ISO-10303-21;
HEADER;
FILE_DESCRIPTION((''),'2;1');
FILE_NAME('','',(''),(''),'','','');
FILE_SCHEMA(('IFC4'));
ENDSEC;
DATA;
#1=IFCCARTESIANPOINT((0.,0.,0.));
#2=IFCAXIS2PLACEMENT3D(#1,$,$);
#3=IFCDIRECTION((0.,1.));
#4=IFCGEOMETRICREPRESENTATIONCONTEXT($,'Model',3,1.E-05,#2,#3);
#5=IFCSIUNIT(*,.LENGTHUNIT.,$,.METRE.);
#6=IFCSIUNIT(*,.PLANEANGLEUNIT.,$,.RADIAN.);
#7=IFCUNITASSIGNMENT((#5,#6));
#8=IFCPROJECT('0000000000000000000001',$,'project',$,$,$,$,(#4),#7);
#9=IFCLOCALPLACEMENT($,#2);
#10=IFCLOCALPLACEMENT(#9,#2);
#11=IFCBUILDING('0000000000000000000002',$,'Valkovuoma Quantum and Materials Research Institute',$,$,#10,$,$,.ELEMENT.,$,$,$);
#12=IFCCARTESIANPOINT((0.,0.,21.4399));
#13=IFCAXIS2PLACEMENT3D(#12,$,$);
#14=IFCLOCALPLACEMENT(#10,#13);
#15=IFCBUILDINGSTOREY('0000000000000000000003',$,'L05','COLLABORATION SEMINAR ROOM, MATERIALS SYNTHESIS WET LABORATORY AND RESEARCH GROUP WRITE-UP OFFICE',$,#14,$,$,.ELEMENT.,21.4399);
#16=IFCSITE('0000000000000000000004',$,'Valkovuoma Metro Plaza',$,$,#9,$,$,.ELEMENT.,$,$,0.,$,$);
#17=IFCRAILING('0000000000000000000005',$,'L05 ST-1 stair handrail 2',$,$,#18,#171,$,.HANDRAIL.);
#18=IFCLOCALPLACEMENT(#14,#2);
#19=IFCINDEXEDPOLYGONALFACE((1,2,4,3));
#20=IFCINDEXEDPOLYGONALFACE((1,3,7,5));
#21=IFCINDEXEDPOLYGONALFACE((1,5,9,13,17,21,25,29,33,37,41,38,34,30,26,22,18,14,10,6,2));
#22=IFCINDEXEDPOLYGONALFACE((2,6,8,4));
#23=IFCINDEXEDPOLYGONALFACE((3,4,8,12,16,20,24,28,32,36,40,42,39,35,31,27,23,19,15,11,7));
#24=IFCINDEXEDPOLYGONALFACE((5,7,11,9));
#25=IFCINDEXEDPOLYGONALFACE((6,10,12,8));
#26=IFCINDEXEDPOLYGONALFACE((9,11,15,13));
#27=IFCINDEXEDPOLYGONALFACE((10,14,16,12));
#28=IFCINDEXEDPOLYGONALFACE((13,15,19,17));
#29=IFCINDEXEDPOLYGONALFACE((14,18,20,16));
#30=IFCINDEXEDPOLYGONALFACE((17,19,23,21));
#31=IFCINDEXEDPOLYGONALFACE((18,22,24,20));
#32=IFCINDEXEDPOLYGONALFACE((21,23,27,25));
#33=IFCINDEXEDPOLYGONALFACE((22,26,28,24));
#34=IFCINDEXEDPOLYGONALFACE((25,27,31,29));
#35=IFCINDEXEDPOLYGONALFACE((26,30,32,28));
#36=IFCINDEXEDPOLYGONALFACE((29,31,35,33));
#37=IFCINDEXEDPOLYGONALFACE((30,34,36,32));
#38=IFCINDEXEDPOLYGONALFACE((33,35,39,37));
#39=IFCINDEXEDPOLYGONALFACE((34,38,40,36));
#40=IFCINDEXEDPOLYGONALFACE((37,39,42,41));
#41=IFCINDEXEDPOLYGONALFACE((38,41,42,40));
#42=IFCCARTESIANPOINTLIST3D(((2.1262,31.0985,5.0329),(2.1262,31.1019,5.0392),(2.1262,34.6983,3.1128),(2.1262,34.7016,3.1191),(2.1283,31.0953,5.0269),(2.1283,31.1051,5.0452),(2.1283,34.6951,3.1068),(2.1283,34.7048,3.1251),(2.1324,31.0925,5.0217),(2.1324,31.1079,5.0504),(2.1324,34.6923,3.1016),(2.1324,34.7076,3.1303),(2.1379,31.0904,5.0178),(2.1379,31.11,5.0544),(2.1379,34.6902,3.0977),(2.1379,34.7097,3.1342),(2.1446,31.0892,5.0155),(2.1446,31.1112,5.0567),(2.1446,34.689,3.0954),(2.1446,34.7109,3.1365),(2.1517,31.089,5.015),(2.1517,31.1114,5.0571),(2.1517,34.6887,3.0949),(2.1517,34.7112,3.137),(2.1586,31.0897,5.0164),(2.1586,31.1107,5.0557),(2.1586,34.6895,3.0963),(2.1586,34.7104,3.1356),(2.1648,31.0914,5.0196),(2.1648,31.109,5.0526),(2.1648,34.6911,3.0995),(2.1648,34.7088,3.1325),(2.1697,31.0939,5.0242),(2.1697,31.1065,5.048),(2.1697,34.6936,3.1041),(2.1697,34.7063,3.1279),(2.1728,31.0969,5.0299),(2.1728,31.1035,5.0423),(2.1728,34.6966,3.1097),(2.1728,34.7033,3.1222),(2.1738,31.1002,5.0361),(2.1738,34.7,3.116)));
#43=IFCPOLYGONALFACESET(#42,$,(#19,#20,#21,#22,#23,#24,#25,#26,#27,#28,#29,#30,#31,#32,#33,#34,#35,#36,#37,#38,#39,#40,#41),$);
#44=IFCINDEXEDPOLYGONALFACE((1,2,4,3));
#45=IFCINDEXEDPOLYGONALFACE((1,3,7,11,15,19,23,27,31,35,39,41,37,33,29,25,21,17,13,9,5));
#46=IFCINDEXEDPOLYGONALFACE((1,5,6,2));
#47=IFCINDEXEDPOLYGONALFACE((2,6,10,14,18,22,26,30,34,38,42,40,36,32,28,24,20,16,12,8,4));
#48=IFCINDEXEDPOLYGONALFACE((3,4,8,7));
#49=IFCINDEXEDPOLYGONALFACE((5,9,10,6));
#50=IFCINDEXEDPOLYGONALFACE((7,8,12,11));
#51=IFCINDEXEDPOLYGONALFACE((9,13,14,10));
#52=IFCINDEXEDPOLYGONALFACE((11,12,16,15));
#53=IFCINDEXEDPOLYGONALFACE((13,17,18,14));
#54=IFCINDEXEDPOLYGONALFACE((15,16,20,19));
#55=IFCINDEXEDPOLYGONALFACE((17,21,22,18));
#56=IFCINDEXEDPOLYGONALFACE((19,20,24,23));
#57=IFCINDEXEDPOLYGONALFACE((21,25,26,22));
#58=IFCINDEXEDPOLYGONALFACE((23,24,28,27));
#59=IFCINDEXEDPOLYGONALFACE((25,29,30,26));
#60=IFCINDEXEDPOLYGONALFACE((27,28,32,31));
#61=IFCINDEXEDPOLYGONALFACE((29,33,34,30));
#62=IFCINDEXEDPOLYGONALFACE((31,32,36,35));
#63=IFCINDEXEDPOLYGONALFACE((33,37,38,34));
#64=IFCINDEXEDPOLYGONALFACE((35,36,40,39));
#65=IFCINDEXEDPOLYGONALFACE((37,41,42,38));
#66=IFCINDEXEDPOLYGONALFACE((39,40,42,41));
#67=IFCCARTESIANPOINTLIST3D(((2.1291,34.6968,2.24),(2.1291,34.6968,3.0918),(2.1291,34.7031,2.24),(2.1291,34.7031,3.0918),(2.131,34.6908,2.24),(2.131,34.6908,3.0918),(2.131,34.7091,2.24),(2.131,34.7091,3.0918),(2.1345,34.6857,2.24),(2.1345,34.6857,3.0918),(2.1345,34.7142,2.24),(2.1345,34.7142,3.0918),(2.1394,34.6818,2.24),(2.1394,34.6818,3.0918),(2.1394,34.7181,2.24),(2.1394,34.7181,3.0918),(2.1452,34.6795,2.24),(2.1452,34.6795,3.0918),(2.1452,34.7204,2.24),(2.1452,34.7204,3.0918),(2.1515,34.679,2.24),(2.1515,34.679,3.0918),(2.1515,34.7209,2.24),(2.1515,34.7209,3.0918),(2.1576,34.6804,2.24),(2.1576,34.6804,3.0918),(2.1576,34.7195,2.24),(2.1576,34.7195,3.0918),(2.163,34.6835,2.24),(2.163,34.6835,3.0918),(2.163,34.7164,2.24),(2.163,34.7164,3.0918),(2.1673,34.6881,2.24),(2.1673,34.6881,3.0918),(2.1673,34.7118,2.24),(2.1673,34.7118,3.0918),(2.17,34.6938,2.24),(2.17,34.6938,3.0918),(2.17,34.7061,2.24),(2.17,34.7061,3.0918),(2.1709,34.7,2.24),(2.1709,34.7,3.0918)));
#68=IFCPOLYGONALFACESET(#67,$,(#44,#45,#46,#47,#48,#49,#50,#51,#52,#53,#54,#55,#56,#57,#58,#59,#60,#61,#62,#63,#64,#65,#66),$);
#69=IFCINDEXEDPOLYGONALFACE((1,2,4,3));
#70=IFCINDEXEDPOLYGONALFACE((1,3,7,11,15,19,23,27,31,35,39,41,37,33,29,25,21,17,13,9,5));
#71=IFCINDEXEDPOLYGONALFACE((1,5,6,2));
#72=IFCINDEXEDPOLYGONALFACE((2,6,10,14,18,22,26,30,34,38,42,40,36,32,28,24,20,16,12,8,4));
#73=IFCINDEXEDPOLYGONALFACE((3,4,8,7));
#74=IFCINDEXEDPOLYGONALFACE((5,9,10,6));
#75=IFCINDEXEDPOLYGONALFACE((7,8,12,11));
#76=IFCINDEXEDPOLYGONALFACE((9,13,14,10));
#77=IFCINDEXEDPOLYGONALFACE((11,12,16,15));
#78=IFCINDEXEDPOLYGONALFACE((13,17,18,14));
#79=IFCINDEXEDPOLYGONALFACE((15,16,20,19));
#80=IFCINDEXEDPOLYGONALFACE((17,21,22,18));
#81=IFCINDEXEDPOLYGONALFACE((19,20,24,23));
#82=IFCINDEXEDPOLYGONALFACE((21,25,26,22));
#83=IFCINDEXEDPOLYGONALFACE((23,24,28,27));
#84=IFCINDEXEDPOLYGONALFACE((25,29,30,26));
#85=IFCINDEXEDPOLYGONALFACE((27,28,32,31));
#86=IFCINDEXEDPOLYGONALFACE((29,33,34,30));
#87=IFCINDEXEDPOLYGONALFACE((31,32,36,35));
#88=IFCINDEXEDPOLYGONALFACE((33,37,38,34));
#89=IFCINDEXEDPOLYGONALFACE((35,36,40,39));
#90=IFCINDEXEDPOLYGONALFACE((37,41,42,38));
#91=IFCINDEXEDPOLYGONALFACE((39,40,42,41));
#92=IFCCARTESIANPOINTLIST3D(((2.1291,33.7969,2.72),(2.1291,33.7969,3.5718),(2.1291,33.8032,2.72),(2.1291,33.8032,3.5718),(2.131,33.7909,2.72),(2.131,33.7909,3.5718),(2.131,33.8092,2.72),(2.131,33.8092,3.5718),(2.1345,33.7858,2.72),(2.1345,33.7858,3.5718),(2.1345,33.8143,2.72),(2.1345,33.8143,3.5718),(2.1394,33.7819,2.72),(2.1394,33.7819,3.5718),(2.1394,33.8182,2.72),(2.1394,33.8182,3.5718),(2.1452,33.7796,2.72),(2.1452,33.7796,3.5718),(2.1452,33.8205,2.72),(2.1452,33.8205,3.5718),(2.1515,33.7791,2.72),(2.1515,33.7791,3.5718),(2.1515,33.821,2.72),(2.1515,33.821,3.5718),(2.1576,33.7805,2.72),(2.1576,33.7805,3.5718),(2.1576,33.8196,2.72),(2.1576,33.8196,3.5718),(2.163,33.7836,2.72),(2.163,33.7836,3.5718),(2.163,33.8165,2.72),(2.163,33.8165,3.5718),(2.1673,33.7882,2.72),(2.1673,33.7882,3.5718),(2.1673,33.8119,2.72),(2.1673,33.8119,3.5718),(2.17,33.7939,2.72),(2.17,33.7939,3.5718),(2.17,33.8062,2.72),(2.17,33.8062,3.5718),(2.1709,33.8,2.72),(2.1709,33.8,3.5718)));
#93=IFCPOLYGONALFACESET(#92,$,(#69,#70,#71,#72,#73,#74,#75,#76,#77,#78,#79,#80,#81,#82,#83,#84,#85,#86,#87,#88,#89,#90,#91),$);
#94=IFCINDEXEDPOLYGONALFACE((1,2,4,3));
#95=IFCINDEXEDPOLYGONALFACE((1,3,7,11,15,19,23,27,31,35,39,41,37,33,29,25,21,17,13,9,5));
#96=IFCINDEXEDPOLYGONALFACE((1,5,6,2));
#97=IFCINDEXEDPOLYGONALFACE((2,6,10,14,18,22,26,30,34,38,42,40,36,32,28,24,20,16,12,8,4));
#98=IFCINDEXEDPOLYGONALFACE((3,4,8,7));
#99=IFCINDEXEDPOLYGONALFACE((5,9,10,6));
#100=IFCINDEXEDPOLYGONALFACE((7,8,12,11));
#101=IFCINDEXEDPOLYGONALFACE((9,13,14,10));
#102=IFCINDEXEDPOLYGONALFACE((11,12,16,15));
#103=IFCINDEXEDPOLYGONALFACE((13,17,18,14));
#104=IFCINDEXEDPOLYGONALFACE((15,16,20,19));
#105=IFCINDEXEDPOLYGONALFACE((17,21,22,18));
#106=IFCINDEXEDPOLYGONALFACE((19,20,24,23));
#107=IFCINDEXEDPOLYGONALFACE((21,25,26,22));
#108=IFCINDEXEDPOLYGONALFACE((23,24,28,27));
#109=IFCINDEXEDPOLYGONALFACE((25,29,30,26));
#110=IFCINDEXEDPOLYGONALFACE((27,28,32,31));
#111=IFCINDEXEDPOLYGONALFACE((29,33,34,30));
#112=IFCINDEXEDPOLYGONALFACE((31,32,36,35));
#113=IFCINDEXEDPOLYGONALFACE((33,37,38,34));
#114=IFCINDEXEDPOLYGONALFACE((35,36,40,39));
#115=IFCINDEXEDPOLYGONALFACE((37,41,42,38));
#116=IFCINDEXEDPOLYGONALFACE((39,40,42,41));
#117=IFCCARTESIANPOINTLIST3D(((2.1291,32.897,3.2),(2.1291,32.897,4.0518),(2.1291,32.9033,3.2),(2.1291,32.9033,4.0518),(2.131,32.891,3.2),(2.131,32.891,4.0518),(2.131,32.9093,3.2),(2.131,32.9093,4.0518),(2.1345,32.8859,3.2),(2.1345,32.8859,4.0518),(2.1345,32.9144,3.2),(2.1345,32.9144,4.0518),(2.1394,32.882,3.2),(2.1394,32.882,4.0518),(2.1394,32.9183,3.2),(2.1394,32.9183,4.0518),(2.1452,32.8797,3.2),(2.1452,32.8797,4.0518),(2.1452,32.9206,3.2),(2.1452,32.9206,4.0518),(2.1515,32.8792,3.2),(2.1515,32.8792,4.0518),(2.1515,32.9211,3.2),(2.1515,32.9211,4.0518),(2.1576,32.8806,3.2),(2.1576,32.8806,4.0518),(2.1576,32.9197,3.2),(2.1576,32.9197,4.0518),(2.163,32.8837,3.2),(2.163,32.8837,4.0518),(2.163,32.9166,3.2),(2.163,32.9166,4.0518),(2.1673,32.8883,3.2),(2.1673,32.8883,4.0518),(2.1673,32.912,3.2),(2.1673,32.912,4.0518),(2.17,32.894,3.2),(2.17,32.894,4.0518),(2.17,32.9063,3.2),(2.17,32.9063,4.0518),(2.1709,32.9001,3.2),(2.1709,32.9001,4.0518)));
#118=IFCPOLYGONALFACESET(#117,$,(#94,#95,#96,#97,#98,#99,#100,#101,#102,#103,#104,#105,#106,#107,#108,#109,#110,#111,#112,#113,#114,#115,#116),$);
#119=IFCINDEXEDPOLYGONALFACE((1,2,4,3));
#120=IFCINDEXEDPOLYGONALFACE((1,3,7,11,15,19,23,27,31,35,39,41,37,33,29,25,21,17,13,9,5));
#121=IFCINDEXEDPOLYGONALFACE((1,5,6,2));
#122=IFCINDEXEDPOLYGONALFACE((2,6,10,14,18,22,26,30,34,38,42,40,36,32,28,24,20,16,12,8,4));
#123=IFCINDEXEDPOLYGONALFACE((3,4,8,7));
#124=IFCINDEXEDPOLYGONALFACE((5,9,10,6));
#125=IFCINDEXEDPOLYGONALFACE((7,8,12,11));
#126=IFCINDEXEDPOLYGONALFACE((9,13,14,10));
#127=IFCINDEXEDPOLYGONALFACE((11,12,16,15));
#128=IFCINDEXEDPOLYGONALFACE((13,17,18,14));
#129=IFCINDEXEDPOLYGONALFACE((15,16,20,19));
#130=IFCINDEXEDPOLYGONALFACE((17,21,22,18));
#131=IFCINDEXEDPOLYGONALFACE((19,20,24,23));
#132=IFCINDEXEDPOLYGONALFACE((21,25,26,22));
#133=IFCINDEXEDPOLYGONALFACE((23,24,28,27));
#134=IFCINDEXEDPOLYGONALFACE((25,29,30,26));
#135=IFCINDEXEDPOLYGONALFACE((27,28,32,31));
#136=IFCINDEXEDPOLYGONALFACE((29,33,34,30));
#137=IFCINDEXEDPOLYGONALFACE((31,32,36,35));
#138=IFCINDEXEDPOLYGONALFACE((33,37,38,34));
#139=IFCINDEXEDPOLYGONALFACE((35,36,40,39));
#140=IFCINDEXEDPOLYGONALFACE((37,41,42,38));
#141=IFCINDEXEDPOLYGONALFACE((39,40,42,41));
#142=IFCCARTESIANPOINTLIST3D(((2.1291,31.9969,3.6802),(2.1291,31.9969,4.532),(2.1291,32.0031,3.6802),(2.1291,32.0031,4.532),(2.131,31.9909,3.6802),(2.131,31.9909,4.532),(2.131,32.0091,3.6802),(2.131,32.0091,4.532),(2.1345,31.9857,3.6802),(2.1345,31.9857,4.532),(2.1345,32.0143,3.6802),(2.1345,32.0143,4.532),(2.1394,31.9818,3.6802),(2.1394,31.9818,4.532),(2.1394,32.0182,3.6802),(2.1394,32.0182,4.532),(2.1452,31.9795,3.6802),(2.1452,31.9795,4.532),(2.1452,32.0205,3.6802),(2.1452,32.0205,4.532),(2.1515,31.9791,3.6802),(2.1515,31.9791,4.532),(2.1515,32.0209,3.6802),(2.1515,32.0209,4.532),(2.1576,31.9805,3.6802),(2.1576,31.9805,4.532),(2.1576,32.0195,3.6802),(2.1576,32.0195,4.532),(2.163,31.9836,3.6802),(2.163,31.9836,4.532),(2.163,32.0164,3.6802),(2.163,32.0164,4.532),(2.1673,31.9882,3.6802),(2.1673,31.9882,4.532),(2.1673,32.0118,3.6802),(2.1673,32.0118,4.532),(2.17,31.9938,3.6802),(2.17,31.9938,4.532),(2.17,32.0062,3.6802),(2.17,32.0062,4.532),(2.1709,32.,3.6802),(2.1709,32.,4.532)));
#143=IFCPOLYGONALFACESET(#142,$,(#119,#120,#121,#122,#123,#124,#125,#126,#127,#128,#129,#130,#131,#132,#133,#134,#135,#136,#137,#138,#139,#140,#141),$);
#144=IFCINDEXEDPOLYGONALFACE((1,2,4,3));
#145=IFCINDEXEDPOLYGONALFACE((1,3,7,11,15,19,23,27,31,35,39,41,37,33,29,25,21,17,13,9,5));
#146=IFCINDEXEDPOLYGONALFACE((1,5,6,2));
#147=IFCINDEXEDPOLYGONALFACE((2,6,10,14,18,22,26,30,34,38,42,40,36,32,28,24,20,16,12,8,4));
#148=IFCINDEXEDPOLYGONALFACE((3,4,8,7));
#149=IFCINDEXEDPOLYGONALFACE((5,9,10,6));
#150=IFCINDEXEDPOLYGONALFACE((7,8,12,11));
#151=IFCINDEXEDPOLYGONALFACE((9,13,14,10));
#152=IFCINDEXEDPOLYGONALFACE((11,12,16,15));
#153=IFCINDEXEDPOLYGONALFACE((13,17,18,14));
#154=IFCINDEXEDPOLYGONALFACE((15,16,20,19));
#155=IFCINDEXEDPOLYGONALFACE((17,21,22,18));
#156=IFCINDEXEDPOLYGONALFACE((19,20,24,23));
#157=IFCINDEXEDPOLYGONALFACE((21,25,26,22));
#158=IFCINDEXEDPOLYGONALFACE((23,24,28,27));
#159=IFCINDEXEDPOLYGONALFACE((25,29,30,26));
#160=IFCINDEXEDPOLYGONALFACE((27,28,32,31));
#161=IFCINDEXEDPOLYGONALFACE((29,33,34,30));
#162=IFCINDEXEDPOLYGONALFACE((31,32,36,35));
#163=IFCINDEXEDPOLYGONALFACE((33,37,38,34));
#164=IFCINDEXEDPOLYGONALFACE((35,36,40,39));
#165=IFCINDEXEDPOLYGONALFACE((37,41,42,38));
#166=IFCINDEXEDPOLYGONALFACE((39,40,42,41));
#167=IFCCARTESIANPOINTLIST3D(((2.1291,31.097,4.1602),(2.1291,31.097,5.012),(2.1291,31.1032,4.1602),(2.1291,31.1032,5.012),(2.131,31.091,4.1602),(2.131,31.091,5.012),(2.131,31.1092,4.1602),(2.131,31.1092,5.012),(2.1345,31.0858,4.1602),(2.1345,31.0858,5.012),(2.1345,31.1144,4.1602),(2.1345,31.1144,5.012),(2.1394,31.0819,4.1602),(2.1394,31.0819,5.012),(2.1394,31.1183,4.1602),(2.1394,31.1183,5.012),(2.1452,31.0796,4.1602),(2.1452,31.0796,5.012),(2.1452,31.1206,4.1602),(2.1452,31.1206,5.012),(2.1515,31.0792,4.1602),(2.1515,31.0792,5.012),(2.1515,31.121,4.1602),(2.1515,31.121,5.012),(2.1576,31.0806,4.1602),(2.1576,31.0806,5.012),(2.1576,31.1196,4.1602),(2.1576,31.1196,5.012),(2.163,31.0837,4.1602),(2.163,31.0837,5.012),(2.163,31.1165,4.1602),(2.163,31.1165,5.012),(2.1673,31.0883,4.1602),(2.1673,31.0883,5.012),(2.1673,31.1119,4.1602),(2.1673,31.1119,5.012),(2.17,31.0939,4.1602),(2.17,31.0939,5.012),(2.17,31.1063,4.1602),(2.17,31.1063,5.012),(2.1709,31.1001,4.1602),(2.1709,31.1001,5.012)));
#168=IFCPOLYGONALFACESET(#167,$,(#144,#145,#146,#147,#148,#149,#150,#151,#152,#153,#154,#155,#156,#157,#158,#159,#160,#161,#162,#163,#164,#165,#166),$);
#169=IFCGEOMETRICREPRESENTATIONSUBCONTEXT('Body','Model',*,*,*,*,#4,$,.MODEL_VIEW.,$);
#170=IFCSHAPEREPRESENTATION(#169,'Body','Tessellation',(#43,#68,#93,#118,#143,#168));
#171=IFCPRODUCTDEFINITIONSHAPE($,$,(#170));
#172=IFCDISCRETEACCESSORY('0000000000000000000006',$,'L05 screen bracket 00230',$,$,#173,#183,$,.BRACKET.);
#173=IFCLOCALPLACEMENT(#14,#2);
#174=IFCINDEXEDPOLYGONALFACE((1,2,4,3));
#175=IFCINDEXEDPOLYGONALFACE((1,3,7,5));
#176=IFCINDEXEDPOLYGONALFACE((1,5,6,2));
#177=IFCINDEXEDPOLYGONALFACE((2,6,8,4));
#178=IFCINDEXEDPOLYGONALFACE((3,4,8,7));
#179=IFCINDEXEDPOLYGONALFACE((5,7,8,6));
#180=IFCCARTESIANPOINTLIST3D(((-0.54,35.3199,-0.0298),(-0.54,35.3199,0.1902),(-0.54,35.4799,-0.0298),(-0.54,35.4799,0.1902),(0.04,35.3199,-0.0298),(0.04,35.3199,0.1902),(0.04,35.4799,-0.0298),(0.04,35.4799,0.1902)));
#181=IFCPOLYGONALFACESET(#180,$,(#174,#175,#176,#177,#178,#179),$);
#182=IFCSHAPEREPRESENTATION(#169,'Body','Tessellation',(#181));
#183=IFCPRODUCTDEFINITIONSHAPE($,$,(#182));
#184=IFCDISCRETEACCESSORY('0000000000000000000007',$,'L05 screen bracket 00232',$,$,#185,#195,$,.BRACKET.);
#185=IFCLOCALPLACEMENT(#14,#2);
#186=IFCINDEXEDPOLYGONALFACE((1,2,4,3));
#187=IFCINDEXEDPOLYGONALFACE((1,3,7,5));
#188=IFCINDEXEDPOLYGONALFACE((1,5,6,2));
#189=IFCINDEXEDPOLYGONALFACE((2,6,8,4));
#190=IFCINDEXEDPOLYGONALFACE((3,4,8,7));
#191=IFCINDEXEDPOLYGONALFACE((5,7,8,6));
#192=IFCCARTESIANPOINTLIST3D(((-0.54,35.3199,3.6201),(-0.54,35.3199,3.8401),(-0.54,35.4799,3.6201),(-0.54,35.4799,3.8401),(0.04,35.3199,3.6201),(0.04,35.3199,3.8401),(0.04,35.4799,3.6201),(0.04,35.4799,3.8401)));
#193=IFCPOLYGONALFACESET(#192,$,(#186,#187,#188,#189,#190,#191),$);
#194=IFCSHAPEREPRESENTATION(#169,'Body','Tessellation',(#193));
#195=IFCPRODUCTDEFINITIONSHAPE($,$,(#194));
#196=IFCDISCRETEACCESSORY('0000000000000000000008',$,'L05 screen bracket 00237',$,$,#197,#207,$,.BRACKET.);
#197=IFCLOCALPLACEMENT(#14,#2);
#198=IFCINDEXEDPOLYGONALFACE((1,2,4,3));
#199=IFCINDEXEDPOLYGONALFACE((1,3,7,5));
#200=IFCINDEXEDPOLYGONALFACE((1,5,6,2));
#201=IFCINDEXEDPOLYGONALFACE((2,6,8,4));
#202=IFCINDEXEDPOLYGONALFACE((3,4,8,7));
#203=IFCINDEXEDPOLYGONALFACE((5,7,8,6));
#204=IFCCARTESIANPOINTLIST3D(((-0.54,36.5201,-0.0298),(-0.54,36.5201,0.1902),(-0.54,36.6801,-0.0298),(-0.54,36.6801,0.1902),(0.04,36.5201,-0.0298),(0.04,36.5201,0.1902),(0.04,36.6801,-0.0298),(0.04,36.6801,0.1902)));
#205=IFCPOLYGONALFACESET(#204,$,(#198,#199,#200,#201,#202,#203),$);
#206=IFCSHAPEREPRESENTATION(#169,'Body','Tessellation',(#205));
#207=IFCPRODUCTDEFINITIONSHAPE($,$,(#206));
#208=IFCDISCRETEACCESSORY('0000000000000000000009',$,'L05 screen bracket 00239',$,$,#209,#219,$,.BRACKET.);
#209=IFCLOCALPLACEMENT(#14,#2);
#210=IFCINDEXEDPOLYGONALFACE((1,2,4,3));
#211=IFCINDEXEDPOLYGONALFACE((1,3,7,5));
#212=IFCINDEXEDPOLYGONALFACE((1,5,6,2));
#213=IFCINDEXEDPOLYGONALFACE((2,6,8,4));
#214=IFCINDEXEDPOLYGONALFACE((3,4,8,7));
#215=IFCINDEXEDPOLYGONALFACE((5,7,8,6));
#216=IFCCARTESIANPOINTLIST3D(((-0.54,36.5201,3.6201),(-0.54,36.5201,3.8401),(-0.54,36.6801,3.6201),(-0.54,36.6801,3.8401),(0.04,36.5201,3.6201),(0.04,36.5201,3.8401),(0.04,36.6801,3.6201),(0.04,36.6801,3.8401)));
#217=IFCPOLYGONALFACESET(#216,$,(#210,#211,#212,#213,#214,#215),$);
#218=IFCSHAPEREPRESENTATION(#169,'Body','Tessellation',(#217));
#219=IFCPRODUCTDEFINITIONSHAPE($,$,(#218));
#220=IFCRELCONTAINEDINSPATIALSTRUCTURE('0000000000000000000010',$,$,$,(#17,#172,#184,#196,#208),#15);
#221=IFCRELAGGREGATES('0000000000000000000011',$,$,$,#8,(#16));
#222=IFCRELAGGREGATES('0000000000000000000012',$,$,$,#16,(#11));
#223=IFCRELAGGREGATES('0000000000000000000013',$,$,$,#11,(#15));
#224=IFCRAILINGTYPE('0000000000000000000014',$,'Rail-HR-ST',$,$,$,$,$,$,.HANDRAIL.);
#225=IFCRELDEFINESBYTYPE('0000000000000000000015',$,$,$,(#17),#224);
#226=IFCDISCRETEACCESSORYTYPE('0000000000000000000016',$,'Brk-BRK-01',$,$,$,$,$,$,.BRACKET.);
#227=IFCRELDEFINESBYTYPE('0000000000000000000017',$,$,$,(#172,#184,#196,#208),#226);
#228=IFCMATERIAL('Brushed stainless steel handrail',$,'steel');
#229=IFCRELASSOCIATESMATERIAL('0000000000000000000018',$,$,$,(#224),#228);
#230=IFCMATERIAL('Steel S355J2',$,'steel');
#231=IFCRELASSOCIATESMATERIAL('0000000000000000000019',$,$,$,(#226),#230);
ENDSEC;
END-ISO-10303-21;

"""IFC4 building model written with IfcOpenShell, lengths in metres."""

from ifc_helpers import new_model, si_unit, direction, frame, origin, origin_2d, place, context, subcontext, project, spatial, rectangle, circle, extrude, material, type_object, element, save


model = new_model("IFC4")

# Units and contexts
model_context = context("Model", 3, precision=1e-05, world=origin(), true_north=direction((0.0, 1.0)))
body_context = subcontext(model_context, "Body", "Model", "MODEL_VIEW")
ifc_project = project(units=[si_unit("LENGTHUNIT", "METRE"), si_unit("PLANEANGLEUNIT", "RADIAN")], contexts=[model_context])

# Site, building, storey
site_placement = place(None, origin())
site = spatial("IfcSite", under=ifc_project, at=site_placement, Name="Valkovuoma Metro Plaza", CompositionType="ELEMENT", RefElevation=0.0)
building_placement = place(site_placement, origin())
building = spatial("IfcBuilding", under=site, at=building_placement, Name="Valkovuoma Quantum and Materials Research Institute", CompositionType="ELEMENT")
storey_placement = place(building_placement, frame((0.0, 0.0, 21.4399)))
storey = spatial("IfcBuildingStorey", under=building, at=storey_placement, Name="L05", Description="COLLABORATION SEMINAR ROOM, MATERIALS SYNTHESIS WET LABORATORY AND RESEARCH GROUP WRITE-UP OFFICE", CompositionType="ELEMENT", Elevation=21.4399)

# Railing
ifc_material_1 = material(Name="Brushed stainless steel handrail", Category="steel")
railing_type_1 = type_object("IfcRailingType", Name="Rail-HR-ST", PredefinedType="HANDRAIL", material=ifc_material_1)
railing_1_placement = place(storey_placement, frame((2.1499, 34.7, 2.24)))
element("IfcRailing", 1, at=railing_1_placement, inside=storey, type_object=railing_type_1, Name="L05 ST-1 stair handrail 2", PredefinedType="HANDRAIL", context=body_context, shape_type="SweptSolid", body=[
    extrude(circle(Radius=0.0239, at=origin_2d()), frame((0.0, 0.0, 0.876), z_axis=(0.0, -0.882328, 0.470635), x_axis=(1.0, 0.0, 0.0)), (0.0, 0.0, 1.0), 4.0798),
    extrude(circle(Radius=0.021, at=origin_2d()), origin(), (0.0, 0.0, 1.0), 0.8518),
    extrude(circle(Radius=0.021, at=origin_2d()), frame((0.0, -0.8999, 0.48)), (0.0, 0.0, 1.0), 0.8518),
    extrude(circle(Radius=0.021, at=origin_2d()), frame((0.0, -1.7998, 0.96)), (0.0, 0.0, 1.0), 0.8518),
    extrude(circle(Radius=0.021, at=origin_2d()), frame((0.0, -2.7, 1.4402)), (0.0, 0.0, 1.0), 0.8518),
    extrude(circle(Radius=0.021, at=origin_2d()), frame((0.0, -3.5999, 1.9202)), (0.0, 0.0, 1.0), 0.8518),
])

# Discrete accessories
ifc_material_2 = material(Name="Steel S355J2", Category="steel")
discrete_accessory_type_1 = type_object("IfcDiscreteAccessoryType", Name="Brk-BRK-01", PredefinedType="BRACKET", material=ifc_material_2)
for number, where, z_axis, x_axis, name in (
    (2, (-0.25, 35.3999, -0.0298), (0.0, 0.0, 1.0), (1.0, 0.0, 0.0), "L05 screen bracket 00230"),
    (3, (-0.25, 35.3999, 3.6201), (0.0, 0.0, 1.0), (1.0, 0.0, 0.0), "L05 screen bracket 00232"),
    (4, (-0.25, 36.6001, -0.0298), (0.0, 0.0, 1.0), (1.0, 0.0, 0.0), "L05 screen bracket 00237"),
    (5, (-0.25, 36.6001, 3.6201), (0.0, 0.0, 1.0), (1.0, 0.0, 0.0), "L05 screen bracket 00239"),
):
    element("IfcDiscreteAccessory", number, at=place(storey_placement, frame(where, z_axis=z_axis, x_axis=x_axis)), inside=storey, type_object=discrete_accessory_type_1, Name=name, PredefinedType="BRACKET", context=body_context, shape_type="SweptSolid", body=[
        extrude(rectangle(XDim=0.5801, YDim=0.1599, at=origin_2d()), origin(), (0.0, 0.0, 1.0), 0.22),
    ])

save(model, "model.ifc")
